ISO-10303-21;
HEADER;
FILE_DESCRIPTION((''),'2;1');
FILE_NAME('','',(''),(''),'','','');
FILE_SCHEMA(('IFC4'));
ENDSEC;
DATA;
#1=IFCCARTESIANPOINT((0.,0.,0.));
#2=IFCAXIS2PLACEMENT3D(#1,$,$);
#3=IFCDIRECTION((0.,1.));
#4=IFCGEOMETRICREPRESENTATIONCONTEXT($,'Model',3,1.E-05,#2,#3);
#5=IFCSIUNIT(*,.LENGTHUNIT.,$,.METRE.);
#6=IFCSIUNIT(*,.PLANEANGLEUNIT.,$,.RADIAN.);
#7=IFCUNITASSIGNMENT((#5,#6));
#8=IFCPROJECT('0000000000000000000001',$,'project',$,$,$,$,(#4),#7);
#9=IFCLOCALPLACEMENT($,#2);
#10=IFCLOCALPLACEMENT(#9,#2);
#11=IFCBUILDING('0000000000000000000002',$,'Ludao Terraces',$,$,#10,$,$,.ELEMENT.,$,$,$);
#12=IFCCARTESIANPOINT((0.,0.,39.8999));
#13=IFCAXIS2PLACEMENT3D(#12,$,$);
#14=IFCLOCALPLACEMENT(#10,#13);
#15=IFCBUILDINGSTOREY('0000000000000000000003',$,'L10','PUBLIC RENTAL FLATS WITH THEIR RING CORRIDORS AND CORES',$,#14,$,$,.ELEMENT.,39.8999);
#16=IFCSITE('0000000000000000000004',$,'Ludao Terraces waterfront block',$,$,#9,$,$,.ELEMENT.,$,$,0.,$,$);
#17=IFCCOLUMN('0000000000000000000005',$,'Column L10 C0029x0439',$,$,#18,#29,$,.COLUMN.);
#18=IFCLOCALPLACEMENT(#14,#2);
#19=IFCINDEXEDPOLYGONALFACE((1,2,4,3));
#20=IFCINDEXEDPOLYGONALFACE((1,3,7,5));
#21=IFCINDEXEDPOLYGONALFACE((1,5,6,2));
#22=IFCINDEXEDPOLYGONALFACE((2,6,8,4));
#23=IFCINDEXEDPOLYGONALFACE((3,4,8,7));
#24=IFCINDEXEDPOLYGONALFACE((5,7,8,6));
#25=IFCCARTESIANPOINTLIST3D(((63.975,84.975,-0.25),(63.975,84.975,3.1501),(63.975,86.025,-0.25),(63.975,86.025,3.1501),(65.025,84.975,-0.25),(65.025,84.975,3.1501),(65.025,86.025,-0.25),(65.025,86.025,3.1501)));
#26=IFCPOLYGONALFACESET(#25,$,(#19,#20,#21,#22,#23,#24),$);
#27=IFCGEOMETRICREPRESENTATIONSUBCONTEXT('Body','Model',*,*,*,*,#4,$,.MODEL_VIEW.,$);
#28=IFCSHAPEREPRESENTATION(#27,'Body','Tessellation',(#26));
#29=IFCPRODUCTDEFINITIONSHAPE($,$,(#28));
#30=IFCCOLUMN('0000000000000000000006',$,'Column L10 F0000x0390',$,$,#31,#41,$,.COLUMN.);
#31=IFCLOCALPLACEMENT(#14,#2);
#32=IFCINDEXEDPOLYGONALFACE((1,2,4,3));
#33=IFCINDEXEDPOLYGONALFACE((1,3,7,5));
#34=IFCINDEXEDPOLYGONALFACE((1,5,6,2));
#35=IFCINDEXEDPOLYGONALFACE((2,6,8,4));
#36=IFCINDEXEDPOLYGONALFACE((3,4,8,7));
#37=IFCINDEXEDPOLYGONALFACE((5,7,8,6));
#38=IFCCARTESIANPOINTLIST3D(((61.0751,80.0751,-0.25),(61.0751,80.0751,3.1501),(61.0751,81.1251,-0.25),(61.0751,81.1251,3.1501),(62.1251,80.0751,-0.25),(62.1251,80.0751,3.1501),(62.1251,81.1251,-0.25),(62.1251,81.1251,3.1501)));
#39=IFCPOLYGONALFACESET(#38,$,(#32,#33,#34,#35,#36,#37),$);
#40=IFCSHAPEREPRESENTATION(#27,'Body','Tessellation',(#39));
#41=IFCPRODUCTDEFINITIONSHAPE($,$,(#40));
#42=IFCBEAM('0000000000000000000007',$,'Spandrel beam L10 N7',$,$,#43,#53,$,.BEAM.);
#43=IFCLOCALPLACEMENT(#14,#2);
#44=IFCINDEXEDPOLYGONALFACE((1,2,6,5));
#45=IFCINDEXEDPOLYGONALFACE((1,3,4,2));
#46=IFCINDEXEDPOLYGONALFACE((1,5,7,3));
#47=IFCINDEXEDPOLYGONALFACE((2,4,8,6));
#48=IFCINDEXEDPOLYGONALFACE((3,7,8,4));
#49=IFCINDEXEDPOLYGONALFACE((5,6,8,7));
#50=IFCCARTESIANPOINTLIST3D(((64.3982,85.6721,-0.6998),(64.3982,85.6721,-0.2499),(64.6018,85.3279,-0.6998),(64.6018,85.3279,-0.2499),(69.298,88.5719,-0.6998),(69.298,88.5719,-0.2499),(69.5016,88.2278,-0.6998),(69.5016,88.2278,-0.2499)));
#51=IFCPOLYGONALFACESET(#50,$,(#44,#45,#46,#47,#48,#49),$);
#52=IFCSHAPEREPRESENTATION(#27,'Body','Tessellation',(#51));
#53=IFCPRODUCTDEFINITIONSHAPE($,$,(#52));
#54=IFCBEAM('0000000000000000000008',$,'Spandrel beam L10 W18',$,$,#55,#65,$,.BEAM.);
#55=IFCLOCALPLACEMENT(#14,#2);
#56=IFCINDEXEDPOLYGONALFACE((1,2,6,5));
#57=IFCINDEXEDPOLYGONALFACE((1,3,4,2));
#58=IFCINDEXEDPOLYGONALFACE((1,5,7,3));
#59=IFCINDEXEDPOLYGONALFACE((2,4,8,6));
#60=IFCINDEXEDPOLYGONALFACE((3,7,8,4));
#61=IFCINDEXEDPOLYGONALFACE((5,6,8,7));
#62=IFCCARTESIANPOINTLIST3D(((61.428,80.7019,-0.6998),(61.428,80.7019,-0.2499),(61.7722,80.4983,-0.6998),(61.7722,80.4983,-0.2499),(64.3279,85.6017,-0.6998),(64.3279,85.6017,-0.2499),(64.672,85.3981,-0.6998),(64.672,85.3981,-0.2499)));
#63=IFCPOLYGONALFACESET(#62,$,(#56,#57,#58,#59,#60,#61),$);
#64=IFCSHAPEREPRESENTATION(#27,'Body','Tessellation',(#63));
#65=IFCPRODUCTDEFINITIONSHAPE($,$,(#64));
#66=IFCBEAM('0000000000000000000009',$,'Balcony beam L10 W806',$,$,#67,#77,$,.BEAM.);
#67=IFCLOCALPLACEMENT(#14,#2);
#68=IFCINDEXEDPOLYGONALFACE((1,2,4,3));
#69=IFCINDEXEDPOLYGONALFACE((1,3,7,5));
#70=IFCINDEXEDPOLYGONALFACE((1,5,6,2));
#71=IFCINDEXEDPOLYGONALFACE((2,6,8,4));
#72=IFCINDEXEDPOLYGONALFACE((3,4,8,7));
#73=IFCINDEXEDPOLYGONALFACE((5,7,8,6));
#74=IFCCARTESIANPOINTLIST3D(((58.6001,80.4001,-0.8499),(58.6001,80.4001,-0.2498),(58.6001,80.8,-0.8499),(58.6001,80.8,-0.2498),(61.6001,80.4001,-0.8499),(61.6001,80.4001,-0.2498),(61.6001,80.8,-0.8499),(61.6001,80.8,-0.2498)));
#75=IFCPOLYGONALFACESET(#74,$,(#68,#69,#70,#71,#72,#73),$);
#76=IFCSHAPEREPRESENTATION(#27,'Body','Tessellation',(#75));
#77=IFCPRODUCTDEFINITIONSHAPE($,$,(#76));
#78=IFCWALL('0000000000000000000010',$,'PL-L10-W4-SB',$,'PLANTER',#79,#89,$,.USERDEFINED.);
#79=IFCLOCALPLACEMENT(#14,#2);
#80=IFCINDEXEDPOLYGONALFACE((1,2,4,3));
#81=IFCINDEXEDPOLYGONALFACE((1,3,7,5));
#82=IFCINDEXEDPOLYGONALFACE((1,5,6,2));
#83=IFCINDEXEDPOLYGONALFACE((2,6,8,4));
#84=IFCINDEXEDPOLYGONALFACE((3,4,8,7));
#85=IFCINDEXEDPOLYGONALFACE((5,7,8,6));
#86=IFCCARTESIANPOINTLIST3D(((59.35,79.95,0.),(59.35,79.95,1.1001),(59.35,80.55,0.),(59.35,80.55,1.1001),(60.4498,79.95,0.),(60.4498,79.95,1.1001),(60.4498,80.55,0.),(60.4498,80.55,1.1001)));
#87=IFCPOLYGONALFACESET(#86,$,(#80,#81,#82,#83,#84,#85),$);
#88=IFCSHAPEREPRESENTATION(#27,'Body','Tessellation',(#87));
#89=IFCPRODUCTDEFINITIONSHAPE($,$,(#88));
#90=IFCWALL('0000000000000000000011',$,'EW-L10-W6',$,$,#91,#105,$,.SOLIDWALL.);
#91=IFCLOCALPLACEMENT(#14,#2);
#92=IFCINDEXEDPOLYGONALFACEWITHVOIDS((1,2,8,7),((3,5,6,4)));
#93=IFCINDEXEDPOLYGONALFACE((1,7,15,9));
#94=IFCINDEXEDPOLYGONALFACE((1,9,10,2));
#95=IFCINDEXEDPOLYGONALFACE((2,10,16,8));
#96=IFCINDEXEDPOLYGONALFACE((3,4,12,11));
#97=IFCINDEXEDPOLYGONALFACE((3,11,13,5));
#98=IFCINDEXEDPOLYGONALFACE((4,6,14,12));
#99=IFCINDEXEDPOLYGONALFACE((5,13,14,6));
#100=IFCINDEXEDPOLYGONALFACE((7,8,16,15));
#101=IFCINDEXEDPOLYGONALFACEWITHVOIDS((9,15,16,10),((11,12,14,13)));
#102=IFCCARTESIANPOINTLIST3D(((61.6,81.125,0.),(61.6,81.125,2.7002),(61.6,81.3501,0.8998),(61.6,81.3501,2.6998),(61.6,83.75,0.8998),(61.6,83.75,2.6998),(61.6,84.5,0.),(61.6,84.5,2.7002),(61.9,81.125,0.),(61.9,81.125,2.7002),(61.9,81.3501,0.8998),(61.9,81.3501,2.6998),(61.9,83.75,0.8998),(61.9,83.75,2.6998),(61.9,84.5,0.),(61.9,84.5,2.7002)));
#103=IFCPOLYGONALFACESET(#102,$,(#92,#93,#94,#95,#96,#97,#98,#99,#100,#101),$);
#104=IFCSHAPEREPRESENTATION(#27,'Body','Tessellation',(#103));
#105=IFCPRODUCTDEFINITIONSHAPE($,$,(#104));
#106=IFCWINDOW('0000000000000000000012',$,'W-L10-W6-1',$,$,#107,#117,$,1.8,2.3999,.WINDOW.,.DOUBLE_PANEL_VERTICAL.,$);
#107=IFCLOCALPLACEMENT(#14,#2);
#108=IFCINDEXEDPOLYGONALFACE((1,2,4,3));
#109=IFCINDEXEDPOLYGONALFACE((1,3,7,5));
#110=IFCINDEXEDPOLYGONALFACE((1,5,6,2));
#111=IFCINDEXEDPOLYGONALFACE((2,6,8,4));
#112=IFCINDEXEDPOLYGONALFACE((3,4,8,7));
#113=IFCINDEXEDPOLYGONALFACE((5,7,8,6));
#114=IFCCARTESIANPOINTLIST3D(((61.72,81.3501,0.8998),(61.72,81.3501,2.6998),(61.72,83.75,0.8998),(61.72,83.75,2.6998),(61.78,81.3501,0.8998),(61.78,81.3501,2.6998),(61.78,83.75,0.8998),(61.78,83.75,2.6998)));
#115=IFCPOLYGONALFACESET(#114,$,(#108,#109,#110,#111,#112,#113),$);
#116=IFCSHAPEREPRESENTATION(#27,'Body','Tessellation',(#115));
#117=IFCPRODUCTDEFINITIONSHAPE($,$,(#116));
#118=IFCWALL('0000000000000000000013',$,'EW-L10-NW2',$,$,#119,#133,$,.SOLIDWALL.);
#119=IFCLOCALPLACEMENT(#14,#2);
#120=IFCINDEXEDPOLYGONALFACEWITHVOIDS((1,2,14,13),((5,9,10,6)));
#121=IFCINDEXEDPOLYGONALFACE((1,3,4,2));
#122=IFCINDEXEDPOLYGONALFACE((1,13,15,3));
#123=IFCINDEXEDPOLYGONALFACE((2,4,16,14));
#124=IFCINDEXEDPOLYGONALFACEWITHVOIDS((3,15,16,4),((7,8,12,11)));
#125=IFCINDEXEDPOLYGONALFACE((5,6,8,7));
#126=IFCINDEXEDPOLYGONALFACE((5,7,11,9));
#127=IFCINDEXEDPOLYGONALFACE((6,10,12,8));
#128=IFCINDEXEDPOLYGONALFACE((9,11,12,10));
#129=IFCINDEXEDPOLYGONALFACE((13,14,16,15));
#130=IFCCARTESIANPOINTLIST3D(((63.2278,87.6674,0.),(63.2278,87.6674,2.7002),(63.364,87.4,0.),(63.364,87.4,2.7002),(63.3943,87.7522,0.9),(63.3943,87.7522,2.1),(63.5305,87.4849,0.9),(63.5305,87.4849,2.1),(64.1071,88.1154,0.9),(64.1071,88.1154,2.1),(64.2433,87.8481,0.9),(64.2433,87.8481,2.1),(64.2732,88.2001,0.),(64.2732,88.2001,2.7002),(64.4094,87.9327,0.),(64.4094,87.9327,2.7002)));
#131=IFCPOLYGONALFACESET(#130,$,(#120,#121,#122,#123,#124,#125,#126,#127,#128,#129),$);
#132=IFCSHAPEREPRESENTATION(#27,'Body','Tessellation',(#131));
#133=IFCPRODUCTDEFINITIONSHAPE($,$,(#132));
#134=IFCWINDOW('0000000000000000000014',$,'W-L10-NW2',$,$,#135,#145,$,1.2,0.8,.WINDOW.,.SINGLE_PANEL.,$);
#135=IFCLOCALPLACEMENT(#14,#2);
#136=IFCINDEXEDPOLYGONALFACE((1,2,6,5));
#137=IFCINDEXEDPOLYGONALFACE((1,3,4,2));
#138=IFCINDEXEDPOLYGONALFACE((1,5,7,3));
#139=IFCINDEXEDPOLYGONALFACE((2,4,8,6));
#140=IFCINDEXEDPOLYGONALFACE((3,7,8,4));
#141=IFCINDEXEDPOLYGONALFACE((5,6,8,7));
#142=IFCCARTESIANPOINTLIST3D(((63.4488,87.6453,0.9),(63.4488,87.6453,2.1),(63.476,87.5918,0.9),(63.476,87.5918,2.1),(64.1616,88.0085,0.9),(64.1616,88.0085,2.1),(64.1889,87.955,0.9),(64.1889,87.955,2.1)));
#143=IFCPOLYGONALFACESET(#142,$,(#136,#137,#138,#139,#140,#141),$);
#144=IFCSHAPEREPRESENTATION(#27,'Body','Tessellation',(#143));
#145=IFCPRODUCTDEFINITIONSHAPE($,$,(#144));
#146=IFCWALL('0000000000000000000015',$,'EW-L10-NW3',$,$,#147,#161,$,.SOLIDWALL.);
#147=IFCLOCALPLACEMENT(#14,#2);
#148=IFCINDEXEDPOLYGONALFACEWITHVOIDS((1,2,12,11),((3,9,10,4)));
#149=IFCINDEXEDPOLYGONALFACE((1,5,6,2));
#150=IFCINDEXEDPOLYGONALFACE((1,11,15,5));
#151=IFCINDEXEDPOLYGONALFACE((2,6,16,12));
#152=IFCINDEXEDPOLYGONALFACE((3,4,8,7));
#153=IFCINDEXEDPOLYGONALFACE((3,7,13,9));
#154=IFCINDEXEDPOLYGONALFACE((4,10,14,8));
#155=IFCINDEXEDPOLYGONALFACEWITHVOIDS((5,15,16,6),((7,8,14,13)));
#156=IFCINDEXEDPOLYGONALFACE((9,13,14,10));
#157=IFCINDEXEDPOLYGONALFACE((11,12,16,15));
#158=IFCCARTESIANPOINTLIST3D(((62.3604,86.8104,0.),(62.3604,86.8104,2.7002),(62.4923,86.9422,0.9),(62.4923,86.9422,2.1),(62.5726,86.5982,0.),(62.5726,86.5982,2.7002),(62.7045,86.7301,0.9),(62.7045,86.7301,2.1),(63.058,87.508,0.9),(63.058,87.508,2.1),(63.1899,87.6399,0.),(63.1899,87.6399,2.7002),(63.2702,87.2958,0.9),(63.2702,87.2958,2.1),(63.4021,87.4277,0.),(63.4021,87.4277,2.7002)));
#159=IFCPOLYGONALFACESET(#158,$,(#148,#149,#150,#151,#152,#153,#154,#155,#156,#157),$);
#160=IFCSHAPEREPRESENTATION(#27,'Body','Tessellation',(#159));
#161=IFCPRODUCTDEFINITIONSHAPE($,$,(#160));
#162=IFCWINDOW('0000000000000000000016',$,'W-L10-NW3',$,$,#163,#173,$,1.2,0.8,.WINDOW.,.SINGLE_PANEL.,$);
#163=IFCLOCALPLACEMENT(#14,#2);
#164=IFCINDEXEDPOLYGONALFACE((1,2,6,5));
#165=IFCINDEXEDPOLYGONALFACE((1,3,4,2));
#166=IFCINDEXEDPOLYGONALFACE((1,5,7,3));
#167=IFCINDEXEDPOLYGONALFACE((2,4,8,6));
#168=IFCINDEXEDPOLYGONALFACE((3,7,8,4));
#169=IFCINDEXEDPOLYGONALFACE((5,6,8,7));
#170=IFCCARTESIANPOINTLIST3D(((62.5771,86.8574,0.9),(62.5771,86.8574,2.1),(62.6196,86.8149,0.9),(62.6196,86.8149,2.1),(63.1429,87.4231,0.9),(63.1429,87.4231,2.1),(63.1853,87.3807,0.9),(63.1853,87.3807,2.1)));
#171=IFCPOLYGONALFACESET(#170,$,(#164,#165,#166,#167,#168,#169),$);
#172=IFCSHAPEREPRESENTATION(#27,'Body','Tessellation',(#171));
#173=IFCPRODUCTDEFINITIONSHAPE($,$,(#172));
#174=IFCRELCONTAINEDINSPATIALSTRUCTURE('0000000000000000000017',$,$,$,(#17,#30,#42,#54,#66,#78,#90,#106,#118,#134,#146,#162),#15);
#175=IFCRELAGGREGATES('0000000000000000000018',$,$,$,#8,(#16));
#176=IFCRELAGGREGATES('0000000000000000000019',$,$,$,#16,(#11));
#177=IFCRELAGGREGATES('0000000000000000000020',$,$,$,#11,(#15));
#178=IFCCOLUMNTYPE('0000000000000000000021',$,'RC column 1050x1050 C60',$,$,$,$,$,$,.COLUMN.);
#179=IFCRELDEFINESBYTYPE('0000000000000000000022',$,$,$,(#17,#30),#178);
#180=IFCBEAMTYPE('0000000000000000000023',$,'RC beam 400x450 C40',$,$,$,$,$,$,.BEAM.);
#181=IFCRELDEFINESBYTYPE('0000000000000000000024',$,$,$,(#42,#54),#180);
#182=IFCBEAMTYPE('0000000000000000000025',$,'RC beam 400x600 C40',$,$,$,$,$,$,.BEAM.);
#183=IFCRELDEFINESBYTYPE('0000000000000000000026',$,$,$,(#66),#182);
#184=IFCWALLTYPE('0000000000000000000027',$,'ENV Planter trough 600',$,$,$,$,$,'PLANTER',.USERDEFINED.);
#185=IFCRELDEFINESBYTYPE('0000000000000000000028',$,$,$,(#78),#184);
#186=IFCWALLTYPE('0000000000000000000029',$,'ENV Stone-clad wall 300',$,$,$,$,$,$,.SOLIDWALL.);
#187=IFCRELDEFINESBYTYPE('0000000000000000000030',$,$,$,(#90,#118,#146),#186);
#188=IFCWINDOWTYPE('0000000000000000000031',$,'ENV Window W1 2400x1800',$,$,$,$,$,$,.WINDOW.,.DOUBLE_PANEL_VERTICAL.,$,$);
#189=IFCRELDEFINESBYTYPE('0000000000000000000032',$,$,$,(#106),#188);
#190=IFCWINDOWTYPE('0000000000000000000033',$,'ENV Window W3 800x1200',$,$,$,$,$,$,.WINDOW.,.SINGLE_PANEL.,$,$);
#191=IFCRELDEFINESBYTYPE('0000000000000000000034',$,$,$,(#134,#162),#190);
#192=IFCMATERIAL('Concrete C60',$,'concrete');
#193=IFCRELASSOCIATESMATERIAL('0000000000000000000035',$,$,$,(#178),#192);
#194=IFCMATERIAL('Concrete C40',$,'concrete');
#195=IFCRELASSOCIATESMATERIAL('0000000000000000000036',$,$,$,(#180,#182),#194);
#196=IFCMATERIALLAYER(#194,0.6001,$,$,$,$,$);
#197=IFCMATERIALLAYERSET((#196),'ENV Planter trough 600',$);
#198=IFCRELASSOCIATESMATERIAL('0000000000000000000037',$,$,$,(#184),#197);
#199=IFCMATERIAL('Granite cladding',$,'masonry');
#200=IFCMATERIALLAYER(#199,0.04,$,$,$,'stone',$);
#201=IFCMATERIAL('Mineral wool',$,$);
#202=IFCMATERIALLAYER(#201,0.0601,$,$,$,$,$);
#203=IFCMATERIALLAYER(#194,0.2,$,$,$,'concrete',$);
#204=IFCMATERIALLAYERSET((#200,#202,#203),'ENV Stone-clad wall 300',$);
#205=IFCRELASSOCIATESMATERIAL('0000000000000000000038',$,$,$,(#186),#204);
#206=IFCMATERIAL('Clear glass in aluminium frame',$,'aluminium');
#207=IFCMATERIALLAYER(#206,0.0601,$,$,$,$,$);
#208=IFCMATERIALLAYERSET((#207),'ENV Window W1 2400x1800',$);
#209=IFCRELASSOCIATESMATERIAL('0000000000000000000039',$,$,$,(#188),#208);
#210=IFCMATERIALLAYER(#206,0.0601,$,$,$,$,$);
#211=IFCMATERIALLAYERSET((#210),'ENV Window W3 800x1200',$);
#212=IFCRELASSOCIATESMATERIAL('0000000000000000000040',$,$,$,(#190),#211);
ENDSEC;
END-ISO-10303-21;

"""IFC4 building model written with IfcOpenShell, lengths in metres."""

from ifc_helpers import new_model, si_unit, direction, frame, frame_2d, origin, origin_2d, place, context, subcontext, project, spatial, rectangle, extrude, material, layer, layer_set, material_profile, profile_set, type_object, element, fill, save


model = new_model("IFC4")

# Units and contexts
model_context = context("Model", 3, precision=1e-05, world=origin(), true_north=direction((0.0, 1.0)))
body_context = subcontext(model_context, "Body", "Model", "MODEL_VIEW")
ifc_project = project(units=[si_unit("LENGTHUNIT", "METRE"), si_unit("PLANEANGLEUNIT", "RADIAN")], contexts=[model_context])

# Site, building, storey
site_placement = place(None, origin())
site = spatial("IfcSite", under=ifc_project, at=site_placement, Name="Ludao Terraces waterfront block", CompositionType="ELEMENT", RefElevation=0.0)
building_placement = place(site_placement, origin())
building = spatial("IfcBuilding", under=site, at=building_placement, Name="Ludao Terraces", CompositionType="ELEMENT")
storey_placement = place(building_placement, frame((0.0, 0.0, 39.8999)))
storey = spatial("IfcBuildingStorey", under=building, at=storey_placement, Name="L10", Description="PUBLIC RENTAL FLATS WITH THEIR RING CORRIDORS AND CORES", CompositionType="ELEMENT", Elevation=39.8999)

# Columns
ifc_material_1 = material(Name="Concrete C60", Category="concrete")
ifc_material_profile_1 = material_profile(ifc_material_1, rectangle(XDim=1.05, YDim=1.05, at=origin_2d()), Name="1050 X 1050")
ifc_profile_set_1 = profile_set([ifc_material_profile_1], Name="Concrete C60")
column_type = type_object("IfcColumnType", Name="RC column 1050x1050 C60", PredefinedType="COLUMN", material=ifc_profile_set_1)
for number, where, z_axis, x_axis, name in (
    (1, (64.5, 85.5, -0.25), (0.0, 0.0, 1.0), (1.0, 0.0, 0.0), "Column L10 C0029x0439"),
    (2, (61.6001, 80.6001, -0.25), (0.0, 0.0, 1.0), (1.0, 0.0, 0.0), "Column L10 F0000x0390"),
):
    element("IfcColumn", number, at=place(storey_placement, frame(where, z_axis=z_axis, x_axis=x_axis)), inside=storey, type_object=column_type, Name=name, PredefinedType="COLUMN", context=body_context, shape_type="SweptSolid", body=[
        extrude(rectangle(XDim=1.05, YDim=1.05, at=origin_2d()), origin(), (0.0, 0.0, 1.0), 3.4001),
    ])

# Beams
ifc_material_2 = material(Name="Concrete C40", Category="concrete")
ifc_material_profile_2 = material_profile(ifc_material_2, rectangle(XDim=0.3999, YDim=0.45, at=origin_2d()), Name="400 X 450")
ifc_profile_set_2 = profile_set([ifc_material_profile_2], Name="Concrete C40")
beam_type_1 = type_object("IfcBeamType", Name="RC beam 400x450 C40", PredefinedType="BEAM", material=ifc_profile_set_2)
for number, where, z_axis, x_axis, name in (
    (3, (64.5, 85.5, -0.4749), (0.86058, 0.509316, 0.0), (-0.509316, 0.86058, 0.0), "Spandrel beam L10 N7"),
    (4, (61.6001, 80.6001, -0.4749), (0.509316, 0.86058, 0.0), (-0.86058, 0.509316, 0.0), "Spandrel beam L10 W18"),
):
    element("IfcBeam", number, at=place(storey_placement, frame(where, z_axis=z_axis, x_axis=x_axis)), inside=storey, type_object=beam_type_1, Name=name, PredefinedType="BEAM", context=body_context, shape_type="SweptSolid", body=[
        extrude(rectangle(XDim=0.3999, YDim=0.45, at=origin_2d()), origin(), (0.0, 0.0, 1.0), 5.6936),
    ])
ifc_material_profile_3 = material_profile(ifc_material_2, rectangle(XDim=0.3999, YDim=0.6001, at=origin_2d()), Name="400 X 600")
ifc_profile_set_3 = profile_set([ifc_material_profile_3], Name="Concrete C40")
beam_type_2 = type_object("IfcBeamType", Name="RC beam 400x600 C40", PredefinedType="BEAM", material=ifc_profile_set_3)
beam_placement = place(storey_placement, frame((61.6001, 80.6001, -0.5498), z_axis=(-1.0, 0.0, 0.0), x_axis=(0.0, -1.0, 0.0)))
element("IfcBeam", 5, at=beam_placement, inside=storey, type_object=beam_type_2, Name="Balcony beam L10 W806", PredefinedType="BEAM", context=body_context, shape_type="SweptSolid", body=[
    extrude(rectangle(XDim=0.3999, YDim=0.6001, at=origin_2d()), origin(), (0.0, 0.0, 1.0), 3.0),
])

# Wall
ifc_layer_1 = layer(ifc_material_2, 0.6001)
ifc_layer_set_1 = layer_set([ifc_layer_1], Name="ENV Planter trough 600")
wall_type_1 = type_object("IfcWallType", Name="ENV Planter trough 600", ElementType="PLANTER", PredefinedType="USERDEFINED", material=ifc_layer_set_1)
wall_1_placement = place(storey_placement, frame((59.3501, 80.25, 0.0), z_axis=(0.0, 0.0, 1.0), x_axis=(1.0, 0.0, 0.0)))
element("IfcWall", 6, at=wall_1_placement, inside=storey, type_object=wall_type_1, Name="PL-L10-W4-SB", ObjectType="PLANTER", PredefinedType="USERDEFINED", context=body_context, shape_type="SweptSolid", body=[
    extrude(rectangle(XDim=1.0999, YDim=0.6001, at=frame_2d((0.5498, 0.0))), origin(), (0.0, 0.0, 1.0), 1.1001),
])

# Walls, openings, windows
ifc_material_3 = material(Name="Granite cladding", Category="masonry")
ifc_layer_2 = layer(ifc_material_3, 0.04, Category="stone")
ifc_material_4 = material(Name="Mineral wool")
ifc_layer_3 = layer(ifc_material_4, 0.0601)
ifc_layer_4 = layer(ifc_material_2, 0.2, Category="concrete")
ifc_layer_set_2 = layer_set([ifc_layer_2, ifc_layer_3, ifc_layer_4], Name="ENV Stone-clad wall 300")
wall_type_2 = type_object("IfcWallType", Name="ENV Stone-clad wall 300", PredefinedType="SOLIDWALL", material=ifc_layer_set_2)
wall_2_placement = place(storey_placement, frame((61.75, 81.125, 0.0), z_axis=(0.0, 0.0, 1.0), x_axis=(0.0, 1.0, 0.0)))
wall_2 = element("IfcWall", 7, at=wall_2_placement, inside=storey, type_object=wall_type_2, Name="EW-L10-W6", PredefinedType="SOLIDWALL", context=body_context, shape_type="SweptSolid", body=[
    extrude(rectangle(XDim=3.375, YDim=0.3, at=frame_2d((1.6875, 0.0))), origin(), (0.0, 0.0, 1.0), 2.7002),
])
opening_1_placement = place(wall_2_placement, frame((0.2251, 0.0, 0.8999)))
opening_1 = element("IfcOpeningElement", 8, at=opening_1_placement, cuts=wall_2, PredefinedType="OPENING", context=body_context, shape_type="SweptSolid", body=[
    extrude(rectangle(XDim=2.3999, YDim=1.8, at=frame_2d((1.2, 0.8999))), frame((0.0, 0.1602, 0.0), z_axis=(0.0, -1.0, 0.0), x_axis=(1.0, 0.0, 0.0)), (0.0, 0.0, 1.0), 0.3201),
])
ifc_material_5 = material(Name="Clear glass in aluminium frame", Category="aluminium")
ifc_layer_5 = layer(ifc_material_5, 0.0601)
ifc_layer_set_3 = layer_set([ifc_layer_5], Name="ENV Window W1 2400x1800")
window_type_1 = type_object("IfcWindowType", Name="ENV Window W1 2400x1800", PartitioningType="DOUBLE_PANEL_VERTICAL", PredefinedType="WINDOW", material=ifc_layer_set_3)
window_1_placement = place(opening_1_placement, origin())
window_1 = element("IfcWindow", 9, at=window_1_placement, inside=storey, type_object=window_type_1, Name="W-L10-W6-1", OverallHeight=1.8, OverallWidth=2.3999, PartitioningType="DOUBLE_PANEL_VERTICAL", PredefinedType="WINDOW", context=body_context, shape_type="SweptSolid", body=[
    extrude(rectangle(XDim=2.3999, YDim=1.8, at=frame_2d((1.2, 0.8999))), frame((0.0, 0.03, 0.0), z_axis=(0.0, -1.0, 0.0), x_axis=(1.0, 0.0, 0.0)), (0.0, 0.0, 1.0), 0.0601),
])
fill(opening_1, window_1)
wall_3_placement = place(storey_placement, frame((64.3413, 88.0664, 0.0), z_axis=(0.0, 0.0, 1.0), x_axis=(-0.890989, -0.454026, 0.0)))
wall_3 = element("IfcWall", 10, at=wall_3_placement, inside=storey, type_object=wall_type_2, Name="EW-L10-NW2", PredefinedType="SOLIDWALL", context=body_context, shape_type="SweptSolid", body=[
    extrude(rectangle(XDim=1.1733, YDim=0.3, at=frame_2d((0.5867, 0.0))), origin(), (0.0, 0.0, 1.0), 2.7002),
])
opening_2_placement = place(wall_3_placement, frame((0.1865, 0.0, 0.8999)))
opening_2 = element("IfcOpeningElement", 11, at=opening_2_placement, cuts=wall_3, PredefinedType="OPENING", context=body_context, shape_type="SweptSolid", body=[
    extrude(rectangle(XDim=0.8, YDim=1.2, at=frame_2d((0.3999, 0.6001))), frame((0.0, 0.1602, 0.0), z_axis=(0.0, -1.0, 0.0), x_axis=(1.0, 0.0, 0.0)), (0.0, 0.0, 1.0), 0.3201),
])
ifc_layer_6 = layer(ifc_material_5, 0.0601)
ifc_layer_set_4 = layer_set([ifc_layer_6], Name="ENV Window W3 800x1200")
window_type_2 = type_object("IfcWindowType", Name="ENV Window W3 800x1200", PartitioningType="SINGLE_PANEL", PredefinedType="WINDOW", material=ifc_layer_set_4)
window_2_placement = place(opening_2_placement, origin())
window_2 = element("IfcWindow", 12, at=window_2_placement, inside=storey, type_object=window_type_2, Name="W-L10-NW2", OverallHeight=1.2, OverallWidth=0.8, PartitioningType="SINGLE_PANEL", PredefinedType="WINDOW", context=body_context, shape_type="SweptSolid", body=[
    extrude(rectangle(XDim=0.8, YDim=1.2, at=frame_2d((0.3999, 0.6001))), frame((0.0, 0.03, 0.0), z_axis=(0.0, -1.0, 0.0), x_axis=(1.0, 0.0, 0.0)), (0.0, 0.0, 1.0), 0.0601),
])
fill(opening_2, window_2)
wall_4_placement = place(storey_placement, frame((63.2959, 87.5337, 0.0), z_axis=(0.0, 0.0, 1.0), x_axis=(-0.707107, -0.707107, 0.0)))
wall_4 = element("IfcWall", 13, at=wall_4_placement, inside=storey, type_object=wall_type_2, Name="EW-L10-NW3", PredefinedType="SOLIDWALL", context=body_context, shape_type="SweptSolid", body=[
    extrude(rectangle(XDim=1.1731, YDim=0.3, at=frame_2d((0.5864, 0.0))), origin(), (0.0, 0.0, 1.0), 2.7002),
])
opening_3_placement = place(wall_4_placement, frame((0.1865, 0.0, 0.8999)))
opening_3 = element("IfcOpeningElement", 14, at=opening_3_placement, cuts=wall_4, PredefinedType="OPENING", context=body_context, shape_type="SweptSolid", body=[
    extrude(rectangle(XDim=0.8, YDim=1.2, at=frame_2d((0.3999, 0.6001))), frame((0.0, 0.1602, 0.0), z_axis=(0.0, -1.0, 0.0), x_axis=(1.0, 0.0, 0.0)), (0.0, 0.0, 1.0), 0.3201),
])
window_3_placement = place(opening_3_placement, origin())
window_3 = element("IfcWindow", 15, at=window_3_placement, inside=storey, type_object=window_type_2, Name="W-L10-NW3", OverallHeight=1.2, OverallWidth=0.8, PartitioningType="SINGLE_PANEL", PredefinedType="WINDOW", context=body_context, shape_type="SweptSolid", body=[
    extrude(rectangle(XDim=0.8, YDim=1.2, at=frame_2d((0.3999, 0.6001))), frame((0.0, 0.03, 0.0), z_axis=(0.0, -1.0, 0.0), x_axis=(1.0, 0.0, 0.0)), (0.0, 0.0, 1.0), 0.0601),
])
fill(opening_3, window_3)

save(model, "model.ifc")
